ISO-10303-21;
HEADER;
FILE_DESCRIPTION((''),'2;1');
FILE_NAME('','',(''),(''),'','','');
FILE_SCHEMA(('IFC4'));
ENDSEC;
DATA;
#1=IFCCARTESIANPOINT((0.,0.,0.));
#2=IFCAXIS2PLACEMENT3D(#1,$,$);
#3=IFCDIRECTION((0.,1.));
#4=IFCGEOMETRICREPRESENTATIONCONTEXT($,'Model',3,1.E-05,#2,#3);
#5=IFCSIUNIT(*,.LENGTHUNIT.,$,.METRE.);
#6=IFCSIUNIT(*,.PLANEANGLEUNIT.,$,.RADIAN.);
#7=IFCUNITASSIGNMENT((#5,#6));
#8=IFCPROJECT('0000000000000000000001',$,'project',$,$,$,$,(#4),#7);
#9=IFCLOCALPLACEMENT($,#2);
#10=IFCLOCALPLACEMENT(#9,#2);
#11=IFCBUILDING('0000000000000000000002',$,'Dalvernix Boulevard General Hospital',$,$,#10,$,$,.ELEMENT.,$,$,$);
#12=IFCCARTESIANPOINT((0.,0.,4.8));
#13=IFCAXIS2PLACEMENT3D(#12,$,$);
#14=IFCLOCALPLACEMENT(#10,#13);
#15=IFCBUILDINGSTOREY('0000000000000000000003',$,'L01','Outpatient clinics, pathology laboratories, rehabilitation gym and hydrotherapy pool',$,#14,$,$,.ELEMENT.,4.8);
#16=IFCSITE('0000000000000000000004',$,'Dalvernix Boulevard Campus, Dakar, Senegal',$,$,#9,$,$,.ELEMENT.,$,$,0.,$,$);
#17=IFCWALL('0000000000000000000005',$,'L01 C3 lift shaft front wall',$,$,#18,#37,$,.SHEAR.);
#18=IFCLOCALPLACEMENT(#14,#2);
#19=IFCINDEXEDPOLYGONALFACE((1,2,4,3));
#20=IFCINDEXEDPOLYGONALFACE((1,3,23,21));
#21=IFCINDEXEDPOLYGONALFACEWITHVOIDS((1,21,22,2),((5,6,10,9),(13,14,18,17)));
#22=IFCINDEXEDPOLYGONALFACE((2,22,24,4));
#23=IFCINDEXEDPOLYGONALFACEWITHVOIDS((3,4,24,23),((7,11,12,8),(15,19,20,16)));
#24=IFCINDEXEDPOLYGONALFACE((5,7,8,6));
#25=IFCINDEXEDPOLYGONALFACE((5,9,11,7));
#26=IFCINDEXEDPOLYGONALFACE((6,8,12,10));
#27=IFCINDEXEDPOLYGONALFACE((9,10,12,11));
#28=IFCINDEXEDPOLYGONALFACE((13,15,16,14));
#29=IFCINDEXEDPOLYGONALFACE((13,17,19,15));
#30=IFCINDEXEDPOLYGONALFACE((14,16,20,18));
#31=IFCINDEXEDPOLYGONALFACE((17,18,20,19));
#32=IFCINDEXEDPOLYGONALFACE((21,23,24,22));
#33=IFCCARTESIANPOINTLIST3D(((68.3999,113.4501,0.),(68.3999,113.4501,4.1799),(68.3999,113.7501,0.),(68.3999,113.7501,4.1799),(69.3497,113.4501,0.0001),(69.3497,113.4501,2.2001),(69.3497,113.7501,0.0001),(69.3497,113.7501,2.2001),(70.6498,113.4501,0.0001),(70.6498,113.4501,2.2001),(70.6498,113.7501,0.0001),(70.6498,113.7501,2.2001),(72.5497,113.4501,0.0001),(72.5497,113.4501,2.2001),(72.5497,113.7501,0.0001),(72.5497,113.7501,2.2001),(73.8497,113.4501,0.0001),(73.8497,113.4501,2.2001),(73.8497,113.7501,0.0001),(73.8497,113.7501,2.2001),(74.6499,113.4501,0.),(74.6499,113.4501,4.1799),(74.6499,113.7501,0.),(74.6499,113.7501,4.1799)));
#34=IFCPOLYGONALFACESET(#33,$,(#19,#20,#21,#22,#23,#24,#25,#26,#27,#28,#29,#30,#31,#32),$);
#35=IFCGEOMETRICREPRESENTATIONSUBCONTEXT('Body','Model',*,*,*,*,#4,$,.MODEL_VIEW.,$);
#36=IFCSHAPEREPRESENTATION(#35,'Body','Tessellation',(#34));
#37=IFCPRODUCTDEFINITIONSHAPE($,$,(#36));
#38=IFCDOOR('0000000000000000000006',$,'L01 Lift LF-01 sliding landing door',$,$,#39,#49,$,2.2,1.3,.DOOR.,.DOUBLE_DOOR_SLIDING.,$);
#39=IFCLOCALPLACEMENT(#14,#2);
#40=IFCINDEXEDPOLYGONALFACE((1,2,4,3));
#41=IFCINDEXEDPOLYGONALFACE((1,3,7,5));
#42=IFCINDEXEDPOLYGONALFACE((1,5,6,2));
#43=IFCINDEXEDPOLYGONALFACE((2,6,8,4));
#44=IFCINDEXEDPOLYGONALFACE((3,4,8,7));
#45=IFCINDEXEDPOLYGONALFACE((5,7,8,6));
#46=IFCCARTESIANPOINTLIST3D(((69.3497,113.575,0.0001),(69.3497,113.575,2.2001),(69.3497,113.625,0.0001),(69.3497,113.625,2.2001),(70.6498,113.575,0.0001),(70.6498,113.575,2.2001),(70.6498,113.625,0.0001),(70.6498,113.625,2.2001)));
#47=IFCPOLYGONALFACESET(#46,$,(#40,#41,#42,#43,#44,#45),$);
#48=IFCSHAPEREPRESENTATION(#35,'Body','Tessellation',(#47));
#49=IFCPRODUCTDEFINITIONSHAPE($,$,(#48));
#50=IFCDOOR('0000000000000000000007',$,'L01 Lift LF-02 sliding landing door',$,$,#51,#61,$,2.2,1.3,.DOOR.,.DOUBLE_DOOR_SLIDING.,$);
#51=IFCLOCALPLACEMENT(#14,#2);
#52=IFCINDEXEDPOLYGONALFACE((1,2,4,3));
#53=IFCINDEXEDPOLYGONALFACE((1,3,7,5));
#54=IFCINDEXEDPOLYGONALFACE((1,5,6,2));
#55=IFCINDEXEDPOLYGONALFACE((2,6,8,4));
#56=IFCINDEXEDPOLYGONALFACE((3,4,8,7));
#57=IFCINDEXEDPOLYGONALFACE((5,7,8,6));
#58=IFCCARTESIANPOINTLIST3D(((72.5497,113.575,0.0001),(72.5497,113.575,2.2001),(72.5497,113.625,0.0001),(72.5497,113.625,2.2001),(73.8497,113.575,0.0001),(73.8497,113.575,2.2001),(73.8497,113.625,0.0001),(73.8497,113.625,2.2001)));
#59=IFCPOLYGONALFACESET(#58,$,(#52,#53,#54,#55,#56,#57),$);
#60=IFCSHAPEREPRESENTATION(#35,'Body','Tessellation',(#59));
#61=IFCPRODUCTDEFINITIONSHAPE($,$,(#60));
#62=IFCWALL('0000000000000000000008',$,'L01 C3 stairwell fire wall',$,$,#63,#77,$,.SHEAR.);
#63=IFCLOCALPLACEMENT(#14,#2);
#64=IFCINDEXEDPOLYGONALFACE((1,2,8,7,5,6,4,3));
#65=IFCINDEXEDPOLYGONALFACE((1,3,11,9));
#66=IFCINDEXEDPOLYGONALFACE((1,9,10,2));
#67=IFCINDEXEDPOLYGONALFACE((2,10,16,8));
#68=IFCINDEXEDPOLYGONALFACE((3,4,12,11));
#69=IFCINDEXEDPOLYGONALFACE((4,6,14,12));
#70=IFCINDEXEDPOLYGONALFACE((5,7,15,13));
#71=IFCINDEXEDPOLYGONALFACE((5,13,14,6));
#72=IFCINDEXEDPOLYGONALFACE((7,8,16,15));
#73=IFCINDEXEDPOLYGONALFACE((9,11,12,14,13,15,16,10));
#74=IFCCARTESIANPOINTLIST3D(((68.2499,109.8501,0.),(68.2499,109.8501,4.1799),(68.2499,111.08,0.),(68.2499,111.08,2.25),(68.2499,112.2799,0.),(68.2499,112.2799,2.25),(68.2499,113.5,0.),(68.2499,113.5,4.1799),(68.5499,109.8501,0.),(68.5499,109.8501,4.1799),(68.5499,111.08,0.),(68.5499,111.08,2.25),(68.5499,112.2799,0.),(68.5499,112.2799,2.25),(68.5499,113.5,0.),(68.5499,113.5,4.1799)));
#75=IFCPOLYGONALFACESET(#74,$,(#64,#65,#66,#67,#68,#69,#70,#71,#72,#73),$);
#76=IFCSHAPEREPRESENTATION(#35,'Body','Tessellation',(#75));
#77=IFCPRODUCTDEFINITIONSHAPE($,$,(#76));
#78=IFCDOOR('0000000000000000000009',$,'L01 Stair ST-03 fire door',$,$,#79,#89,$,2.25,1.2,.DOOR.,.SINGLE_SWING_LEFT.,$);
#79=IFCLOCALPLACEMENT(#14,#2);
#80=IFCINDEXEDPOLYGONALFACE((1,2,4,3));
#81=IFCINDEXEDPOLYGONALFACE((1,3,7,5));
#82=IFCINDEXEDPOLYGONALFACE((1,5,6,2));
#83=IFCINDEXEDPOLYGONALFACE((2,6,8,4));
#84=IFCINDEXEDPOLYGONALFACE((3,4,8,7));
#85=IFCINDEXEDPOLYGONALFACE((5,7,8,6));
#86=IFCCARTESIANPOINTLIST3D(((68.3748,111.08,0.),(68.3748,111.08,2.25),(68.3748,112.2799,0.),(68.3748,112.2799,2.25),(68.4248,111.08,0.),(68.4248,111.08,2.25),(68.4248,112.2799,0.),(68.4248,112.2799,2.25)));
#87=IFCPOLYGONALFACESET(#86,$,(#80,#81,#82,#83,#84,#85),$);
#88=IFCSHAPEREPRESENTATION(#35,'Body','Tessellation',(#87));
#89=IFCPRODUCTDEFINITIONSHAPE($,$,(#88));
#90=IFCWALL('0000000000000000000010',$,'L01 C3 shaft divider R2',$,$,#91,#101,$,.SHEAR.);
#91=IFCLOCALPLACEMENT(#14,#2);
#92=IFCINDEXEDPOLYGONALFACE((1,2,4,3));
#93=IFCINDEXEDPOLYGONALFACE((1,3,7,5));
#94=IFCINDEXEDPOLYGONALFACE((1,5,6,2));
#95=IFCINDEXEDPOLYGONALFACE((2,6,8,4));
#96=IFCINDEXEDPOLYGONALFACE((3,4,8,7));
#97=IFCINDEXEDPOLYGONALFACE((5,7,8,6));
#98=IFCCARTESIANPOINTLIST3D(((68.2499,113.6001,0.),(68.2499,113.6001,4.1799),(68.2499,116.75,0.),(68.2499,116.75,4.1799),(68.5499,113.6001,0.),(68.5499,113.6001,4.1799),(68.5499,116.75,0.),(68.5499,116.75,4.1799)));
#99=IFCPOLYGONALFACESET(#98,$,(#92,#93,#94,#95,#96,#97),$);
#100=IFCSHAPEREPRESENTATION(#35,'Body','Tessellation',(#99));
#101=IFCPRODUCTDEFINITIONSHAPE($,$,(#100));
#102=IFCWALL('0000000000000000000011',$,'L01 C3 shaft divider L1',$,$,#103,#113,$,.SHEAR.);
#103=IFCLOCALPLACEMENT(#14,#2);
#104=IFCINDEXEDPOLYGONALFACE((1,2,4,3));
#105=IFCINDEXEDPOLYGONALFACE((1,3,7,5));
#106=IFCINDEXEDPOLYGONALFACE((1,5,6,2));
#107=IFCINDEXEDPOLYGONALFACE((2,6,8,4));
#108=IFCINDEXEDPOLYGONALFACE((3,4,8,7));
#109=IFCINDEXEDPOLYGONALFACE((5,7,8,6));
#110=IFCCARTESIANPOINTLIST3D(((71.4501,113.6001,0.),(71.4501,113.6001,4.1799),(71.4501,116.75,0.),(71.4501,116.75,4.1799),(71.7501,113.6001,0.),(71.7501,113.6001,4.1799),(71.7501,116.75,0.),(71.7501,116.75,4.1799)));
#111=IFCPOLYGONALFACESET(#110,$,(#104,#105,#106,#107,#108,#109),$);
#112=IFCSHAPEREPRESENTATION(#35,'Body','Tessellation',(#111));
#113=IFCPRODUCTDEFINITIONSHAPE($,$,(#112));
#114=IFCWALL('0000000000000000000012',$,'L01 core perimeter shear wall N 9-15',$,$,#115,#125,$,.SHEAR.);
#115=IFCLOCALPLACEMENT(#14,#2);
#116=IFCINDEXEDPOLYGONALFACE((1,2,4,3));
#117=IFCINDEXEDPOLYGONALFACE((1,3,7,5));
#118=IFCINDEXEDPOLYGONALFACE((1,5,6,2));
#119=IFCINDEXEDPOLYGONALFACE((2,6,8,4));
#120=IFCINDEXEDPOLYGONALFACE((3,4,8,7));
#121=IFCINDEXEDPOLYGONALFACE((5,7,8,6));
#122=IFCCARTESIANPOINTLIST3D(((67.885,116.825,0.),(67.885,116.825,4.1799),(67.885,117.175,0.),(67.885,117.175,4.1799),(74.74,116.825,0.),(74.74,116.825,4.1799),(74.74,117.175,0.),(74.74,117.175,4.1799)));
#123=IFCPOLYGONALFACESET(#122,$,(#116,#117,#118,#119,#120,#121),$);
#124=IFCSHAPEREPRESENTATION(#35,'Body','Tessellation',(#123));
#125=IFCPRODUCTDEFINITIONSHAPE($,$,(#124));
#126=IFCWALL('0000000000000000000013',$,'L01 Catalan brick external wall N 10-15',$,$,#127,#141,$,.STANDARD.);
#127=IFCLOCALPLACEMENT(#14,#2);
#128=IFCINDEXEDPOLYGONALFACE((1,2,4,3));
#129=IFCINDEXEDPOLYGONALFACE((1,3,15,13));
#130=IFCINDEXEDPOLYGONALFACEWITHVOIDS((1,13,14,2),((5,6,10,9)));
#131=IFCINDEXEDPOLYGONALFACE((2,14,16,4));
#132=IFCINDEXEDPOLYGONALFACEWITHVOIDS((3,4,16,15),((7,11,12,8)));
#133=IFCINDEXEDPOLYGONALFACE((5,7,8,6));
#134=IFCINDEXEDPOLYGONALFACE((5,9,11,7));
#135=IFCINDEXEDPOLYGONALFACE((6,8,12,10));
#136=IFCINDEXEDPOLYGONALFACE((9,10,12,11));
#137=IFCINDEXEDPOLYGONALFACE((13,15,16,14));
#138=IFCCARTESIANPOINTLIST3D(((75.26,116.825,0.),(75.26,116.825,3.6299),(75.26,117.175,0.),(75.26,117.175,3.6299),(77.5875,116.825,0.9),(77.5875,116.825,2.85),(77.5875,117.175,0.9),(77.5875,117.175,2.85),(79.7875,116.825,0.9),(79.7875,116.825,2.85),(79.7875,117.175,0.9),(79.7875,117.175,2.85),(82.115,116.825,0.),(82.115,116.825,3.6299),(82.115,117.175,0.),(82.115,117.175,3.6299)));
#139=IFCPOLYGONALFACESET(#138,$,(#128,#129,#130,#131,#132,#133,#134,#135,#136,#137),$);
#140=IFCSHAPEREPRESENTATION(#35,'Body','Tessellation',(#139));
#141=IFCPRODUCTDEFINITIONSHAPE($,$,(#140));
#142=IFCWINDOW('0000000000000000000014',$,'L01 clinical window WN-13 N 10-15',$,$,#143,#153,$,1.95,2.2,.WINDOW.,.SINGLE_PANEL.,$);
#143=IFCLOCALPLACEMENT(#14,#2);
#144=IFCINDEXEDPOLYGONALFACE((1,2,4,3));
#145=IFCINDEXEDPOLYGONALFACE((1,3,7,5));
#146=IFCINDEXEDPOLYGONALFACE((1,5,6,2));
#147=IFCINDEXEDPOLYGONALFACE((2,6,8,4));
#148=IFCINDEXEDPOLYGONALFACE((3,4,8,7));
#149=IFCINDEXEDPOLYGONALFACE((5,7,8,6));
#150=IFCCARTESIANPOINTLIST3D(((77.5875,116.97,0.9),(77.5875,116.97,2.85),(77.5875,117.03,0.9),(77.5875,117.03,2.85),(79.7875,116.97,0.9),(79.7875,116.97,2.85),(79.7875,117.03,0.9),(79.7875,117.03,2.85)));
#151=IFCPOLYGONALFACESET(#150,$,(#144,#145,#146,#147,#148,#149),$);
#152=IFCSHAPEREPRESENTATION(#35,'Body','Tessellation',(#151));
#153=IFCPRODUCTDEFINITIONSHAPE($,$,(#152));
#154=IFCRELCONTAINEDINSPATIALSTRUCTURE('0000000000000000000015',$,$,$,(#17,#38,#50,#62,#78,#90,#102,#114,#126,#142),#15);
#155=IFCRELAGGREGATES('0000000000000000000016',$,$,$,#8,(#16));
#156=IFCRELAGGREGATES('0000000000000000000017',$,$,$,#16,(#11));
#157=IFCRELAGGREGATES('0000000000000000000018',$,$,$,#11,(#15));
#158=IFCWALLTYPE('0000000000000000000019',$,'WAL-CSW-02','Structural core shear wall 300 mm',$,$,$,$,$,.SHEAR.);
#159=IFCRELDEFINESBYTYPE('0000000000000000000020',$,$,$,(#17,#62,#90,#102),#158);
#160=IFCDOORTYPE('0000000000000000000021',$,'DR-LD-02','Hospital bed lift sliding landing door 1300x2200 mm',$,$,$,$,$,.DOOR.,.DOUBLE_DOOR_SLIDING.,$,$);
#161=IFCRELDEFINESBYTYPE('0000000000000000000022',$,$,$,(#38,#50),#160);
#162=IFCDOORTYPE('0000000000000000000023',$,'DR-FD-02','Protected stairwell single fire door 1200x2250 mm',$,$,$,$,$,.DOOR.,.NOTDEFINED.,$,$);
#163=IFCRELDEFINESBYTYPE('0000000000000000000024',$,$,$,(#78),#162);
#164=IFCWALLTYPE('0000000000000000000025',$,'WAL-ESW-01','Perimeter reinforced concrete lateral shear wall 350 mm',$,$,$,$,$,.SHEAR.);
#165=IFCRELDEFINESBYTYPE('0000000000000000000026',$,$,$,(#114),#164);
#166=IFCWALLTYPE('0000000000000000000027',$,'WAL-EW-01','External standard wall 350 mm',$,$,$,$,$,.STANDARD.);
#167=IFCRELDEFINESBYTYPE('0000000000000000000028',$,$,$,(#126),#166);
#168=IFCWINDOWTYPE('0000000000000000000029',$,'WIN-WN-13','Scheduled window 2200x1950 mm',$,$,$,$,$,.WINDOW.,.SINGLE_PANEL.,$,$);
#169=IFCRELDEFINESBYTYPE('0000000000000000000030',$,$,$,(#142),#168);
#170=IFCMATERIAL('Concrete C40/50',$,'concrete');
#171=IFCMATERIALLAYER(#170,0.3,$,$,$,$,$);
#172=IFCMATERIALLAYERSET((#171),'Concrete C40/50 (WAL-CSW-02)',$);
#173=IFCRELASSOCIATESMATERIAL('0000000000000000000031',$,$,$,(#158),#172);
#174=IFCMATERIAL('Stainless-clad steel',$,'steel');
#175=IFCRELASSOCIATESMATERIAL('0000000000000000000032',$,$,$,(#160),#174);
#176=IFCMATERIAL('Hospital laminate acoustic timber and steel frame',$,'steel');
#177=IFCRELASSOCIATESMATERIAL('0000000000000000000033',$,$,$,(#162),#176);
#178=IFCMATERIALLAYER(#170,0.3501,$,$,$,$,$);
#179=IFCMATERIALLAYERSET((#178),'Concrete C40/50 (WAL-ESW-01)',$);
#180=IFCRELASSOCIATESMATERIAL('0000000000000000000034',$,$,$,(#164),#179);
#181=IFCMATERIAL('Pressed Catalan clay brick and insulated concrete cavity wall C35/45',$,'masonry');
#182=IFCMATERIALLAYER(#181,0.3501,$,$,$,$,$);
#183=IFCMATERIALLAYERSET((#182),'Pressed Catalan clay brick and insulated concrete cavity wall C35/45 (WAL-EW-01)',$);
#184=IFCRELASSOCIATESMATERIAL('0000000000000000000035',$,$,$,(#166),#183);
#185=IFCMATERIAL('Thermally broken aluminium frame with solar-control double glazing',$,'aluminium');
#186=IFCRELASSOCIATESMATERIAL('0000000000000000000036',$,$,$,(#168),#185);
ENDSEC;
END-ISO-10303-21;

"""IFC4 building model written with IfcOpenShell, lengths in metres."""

from ifc_helpers import new_model, si_unit, direction, frame, frame_2d, origin, place, context, subcontext, project, spatial, rectangle, extrude, material, layer, layer_set, type_object, element, fill, save


model = new_model("IFC4")

# Units and contexts
model_context = context("Model", 3, precision=1e-05, world=origin(), true_north=direction((0.0, 1.0)))
body_context = subcontext(model_context, "Body", "Model", "MODEL_VIEW")
ifc_project = project(units=[si_unit("LENGTHUNIT", "METRE"), si_unit("PLANEANGLEUNIT", "RADIAN")], contexts=[model_context])

# Site, building, storey
site_placement = place(None, origin())
site = spatial("IfcSite", under=ifc_project, at=site_placement, Name="Dalvernix Boulevard Campus, Dakar, Senegal", CompositionType="ELEMENT", RefElevation=0.0)
building_placement = place(site_placement, origin())
building = spatial("IfcBuilding", under=site, at=building_placement, Name="Dalvernix Boulevard General Hospital", CompositionType="ELEMENT")
storey_placement = place(building_placement, frame((0.0, 0.0, 4.8)))
storey = spatial("IfcBuildingStorey", under=building, at=storey_placement, Name="L01", Description="Outpatient clinics, pathology laboratories, rehabilitation gym and hydrotherapy pool", CompositionType="ELEMENT", Elevation=4.8)

# Shared definitions
ifc_material_1 = material(Name="Concrete C40/50", Category="concrete")

# Shared definitions
ifc_material_2 = material(Name="Hospital laminate acoustic timber and steel frame", Category="steel")

# Wall, openings, doors
ifc_layer_1 = layer(ifc_material_1, 0.3)
ifc_layer_set_1 = layer_set([ifc_layer_1], Name="Concrete C40/50 (WAL-CSW-02)")
wall_type_1 = type_object("IfcWallType", Name="WAL-CSW-02", Description="Structural core shear wall 300 mm", PredefinedType="SHEAR", material=ifc_layer_set_1)
wall_1_placement = place(storey_placement, frame((68.3999, 113.6001, 0.0), z_axis=(0.0, 0.0, 1.0), x_axis=(1.0, 0.0, 0.0)))
wall_1 = element("IfcWall", 1, at=wall_1_placement, inside=storey, type_object=wall_type_1, Name="L01 C3 lift shaft front wall", PredefinedType="SHEAR", context=body_context, shape_type="SweptSolid", body=[
    extrude(rectangle(XDim=6.25, YDim=0.3, at=frame_2d((3.125, 0.0))), origin(), (0.0, 0.0, 1.0), 4.1799),
])
opening_1_placement = place(wall_1_placement, frame((0.95, 0.0, 0.0)))
opening_1 = element("IfcOpeningElement", 2, at=opening_1_placement, cuts=wall_1, PredefinedType="OPENING", context=body_context, shape_type="SweptSolid", body=[
    extrude(rectangle(XDim=1.3, YDim=2.2, at=frame_2d((0.6499, 1.1001))), frame((0.0, 0.1599, 0.0), z_axis=(0.0, -1.0, 0.0), x_axis=(1.0, 0.0, 0.0)), (0.0, 0.0, 1.0), 0.3201),
])
opening_2_placement = place(wall_1_placement, frame((4.1499, 0.0, 0.0)))
opening_2 = element("IfcOpeningElement", 3, at=opening_2_placement, cuts=wall_1, PredefinedType="OPENING", context=body_context, shape_type="SweptSolid", body=[
    extrude(rectangle(XDim=1.3, YDim=2.2, at=frame_2d((0.6499, 1.1001))), frame((0.0, 0.1599, 0.0), z_axis=(0.0, -1.0, 0.0), x_axis=(1.0, 0.0, 0.0)), (0.0, 0.0, 1.0), 0.3201),
])
ifc_material_3 = material(Name="Stainless-clad steel", Category="steel")
door_type_1 = type_object("IfcDoorType", Name="DR-LD-02", Description="Hospital bed lift sliding landing door 1300x2200 mm", OperationType="DOUBLE_DOOR_SLIDING", PredefinedType="DOOR", material=ifc_material_3)
door_1_placement = place(opening_1_placement, origin())
door_1 = element("IfcDoor", 4, at=door_1_placement, inside=storey, type_object=door_type_1, Name="L01 Lift LF-01 sliding landing door", OperationType="DOUBLE_DOOR_SLIDING", OverallHeight=2.2, OverallWidth=1.3, PredefinedType="DOOR", context=body_context, shape_type="SweptSolid", body=[
    extrude(rectangle(XDim=1.3, YDim=2.2, at=frame_2d((0.6499, 1.1001))), frame((0.0, 0.0249, 0.0), z_axis=(0.0, -1.0, 0.0), x_axis=(1.0, 0.0, 0.0)), (0.0, 0.0, 1.0), 0.05),
])
fill(opening_1, door_1)
door_2_placement = place(opening_2_placement, origin())
door_2 = element("IfcDoor", 5, at=door_2_placement, inside=storey, type_object=door_type_1, Name="L01 Lift LF-02 sliding landing door", OperationType="DOUBLE_DOOR_SLIDING", OverallHeight=2.2, OverallWidth=1.3, PredefinedType="DOOR", context=body_context, shape_type="SweptSolid", body=[
    extrude(rectangle(XDim=1.3, YDim=2.2, at=frame_2d((0.6499, 1.1001))), frame((0.0, 0.0249, 0.0), z_axis=(0.0, -1.0, 0.0), x_axis=(1.0, 0.0, 0.0)), (0.0, 0.0, 1.0), 0.05),
])
fill(opening_2, door_2)

# Wall, opening, door
wall_2_placement = place(storey_placement, frame((68.3999, 113.5, 0.0), z_axis=(0.0, 0.0, 1.0), x_axis=(0.0, -1.0, 0.0)))
wall_2 = element("IfcWall", 6, at=wall_2_placement, inside=storey, type_object=wall_type_1, Name="L01 C3 stairwell fire wall", PredefinedType="SHEAR", context=body_context, shape_type="SweptSolid", body=[
    extrude(rectangle(XDim=3.6499, YDim=0.3, at=frame_2d((1.825, 0.0))), origin(), (0.0, 0.0, 1.0), 4.1799),
])
opening_3_placement = place(wall_2_placement, frame((1.22, 0.0, 0.0)))
opening_3 = element("IfcOpeningElement", 7, at=opening_3_placement, cuts=wall_2, PredefinedType="OPENING", context=body_context, shape_type="SweptSolid", body=[
    extrude(rectangle(XDim=1.2, YDim=2.25, at=frame_2d((0.6001, 1.125))), frame((0.0, 0.1599, 0.0), z_axis=(0.0, -1.0, 0.0), x_axis=(1.0, 0.0, 0.0)), (0.0, 0.0, 1.0), 0.3201),
])
door_type_2 = type_object("IfcDoorType", Name="DR-FD-02", Description="Protected stairwell single fire door 1200x2250 mm", OperationType="NOTDEFINED", PredefinedType="DOOR", material=ifc_material_2)
door_3_placement = place(opening_3_placement, origin())
door_3 = element("IfcDoor", 8, at=door_3_placement, inside=storey, type_object=door_type_2, Name="L01 Stair ST-03 fire door", OperationType="SINGLE_SWING_LEFT", OverallHeight=2.25, OverallWidth=1.2, PredefinedType="DOOR", context=body_context, shape_type="SweptSolid", body=[
    extrude(rectangle(XDim=1.2, YDim=2.25, at=frame_2d((0.6001, 1.125))), frame((0.0, 0.0249, 0.0), z_axis=(0.0, -1.0, 0.0), x_axis=(1.0, 0.0, 0.0)), (0.0, 0.0, 1.0), 0.05),
])
fill(opening_3, door_3)

# Walls
for number, where, z_axis, x_axis, name in (
    (9, (68.3999, 113.6001, 0.0), (0.0, 0.0, 1.0), (0.0, 1.0, 0.0), "L01 C3 shaft divider R2"),
    (10, (71.6001, 113.6001, 0.0), (0.0, 0.0, 1.0), (0.0, 1.0, 0.0), "L01 C3 shaft divider L1"),
):
    element("IfcWall", number, at=place(storey_placement, frame(where, z_axis=z_axis, x_axis=x_axis)), inside=storey, type_object=wall_type_1, Name=name, PredefinedType="SHEAR", context=body_context, shape_type="SweptSolid", body=[
        extrude(rectangle(XDim=3.1499, YDim=0.3, at=frame_2d((1.575, 0.0))), origin(), (0.0, 0.0, 1.0), 4.1799),
    ])
ifc_layer_2 = layer(ifc_material_1, 0.3501)
ifc_layer_set_2 = layer_set([ifc_layer_2], Name="Concrete C40/50 (WAL-ESW-01)")
wall_type_2 = type_object("IfcWallType", Name="WAL-ESW-01", Description="Perimeter reinforced concrete lateral shear wall 350 mm", PredefinedType="SHEAR", material=ifc_layer_set_2)
wall_3_placement = place(storey_placement, frame((67.885, 117.0, 0.0), z_axis=(0.0, 0.0, 1.0), x_axis=(1.0, 0.0, 0.0)))
element("IfcWall", 11, at=wall_3_placement, inside=storey, type_object=wall_type_2, Name="L01 core perimeter shear wall N 9-15", PredefinedType="SHEAR", context=body_context, shape_type="SweptSolid", body=[
    extrude(rectangle(XDim=6.855, YDim=0.3501, at=frame_2d((3.4275, 0.0))), origin(), (0.0, 0.0, 1.0), 4.1799),
])

# Wall, opening, window
ifc_material_4 = material(Name="Pressed Catalan clay brick and insulated concrete cavity wall C35/45", Category="masonry")
ifc_layer_3 = layer(ifc_material_4, 0.3501)
ifc_layer_set_3 = layer_set([ifc_layer_3], Name="Pressed Catalan clay brick and insulated concrete cavity wall C35/45 (WAL-EW-01)")
wall_type_3 = type_object("IfcWallType", Name="WAL-EW-01", Description="External standard wall 350 mm", PredefinedType="STANDARD", material=ifc_layer_set_3)
wall_4_placement = place(storey_placement, frame((75.26, 117.0, 0.0), z_axis=(0.0, 0.0, 1.0), x_axis=(1.0, 0.0, 0.0)))
wall_4 = element("IfcWall", 12, at=wall_4_placement, inside=storey, type_object=wall_type_3, Name="L01 Catalan brick external wall N 10-15", PredefinedType="STANDARD", context=body_context, shape_type="SweptSolid", body=[
    extrude(rectangle(XDim=6.855, YDim=0.3501, at=frame_2d((3.4275, 0.0))), origin(), (0.0, 0.0, 1.0), 3.6299),
])
opening_4_placement = place(wall_4_placement, frame((2.3274, 0.0, 0.8999)))
opening_4 = element("IfcOpeningElement", 13, at=opening_4_placement, cuts=wall_4, PredefinedType="OPENING", context=body_context, shape_type="SweptSolid", body=[
    extrude(rectangle(XDim=2.2, YDim=1.95, at=frame_2d((1.1001, 0.9751))), frame((0.0, 0.1851, 0.0), z_axis=(0.0, -1.0, 0.0), x_axis=(1.0, 0.0, 0.0)), (0.0, 0.0, 1.0), 0.3701),
])
ifc_material_5 = material(Name="Thermally broken aluminium frame with solar-control double glazing", Category="aluminium")
window_type = type_object("IfcWindowType", Name="WIN-WN-13", Description="Scheduled window 2200x1950 mm", PartitioningType="SINGLE_PANEL", PredefinedType="WINDOW", material=ifc_material_5)
window_placement = place(opening_4_placement, origin())
window = element("IfcWindow", 14, at=window_placement, inside=storey, type_object=window_type, Name="L01 clinical window WN-13 N 10-15", OverallHeight=1.95, OverallWidth=2.2, PartitioningType="SINGLE_PANEL", PredefinedType="WINDOW", context=body_context, shape_type="SweptSolid", body=[
    extrude(rectangle(XDim=2.2, YDim=1.95, at=frame_2d((1.1001, 0.9751))), frame((0.0, 0.03, 0.0), z_axis=(0.0, -1.0, 0.0), x_axis=(1.0, 0.0, 0.0)), (0.0, 0.0, 1.0), 0.0601),
])
fill(opening_4, window)

save(model, "model.ifc")
